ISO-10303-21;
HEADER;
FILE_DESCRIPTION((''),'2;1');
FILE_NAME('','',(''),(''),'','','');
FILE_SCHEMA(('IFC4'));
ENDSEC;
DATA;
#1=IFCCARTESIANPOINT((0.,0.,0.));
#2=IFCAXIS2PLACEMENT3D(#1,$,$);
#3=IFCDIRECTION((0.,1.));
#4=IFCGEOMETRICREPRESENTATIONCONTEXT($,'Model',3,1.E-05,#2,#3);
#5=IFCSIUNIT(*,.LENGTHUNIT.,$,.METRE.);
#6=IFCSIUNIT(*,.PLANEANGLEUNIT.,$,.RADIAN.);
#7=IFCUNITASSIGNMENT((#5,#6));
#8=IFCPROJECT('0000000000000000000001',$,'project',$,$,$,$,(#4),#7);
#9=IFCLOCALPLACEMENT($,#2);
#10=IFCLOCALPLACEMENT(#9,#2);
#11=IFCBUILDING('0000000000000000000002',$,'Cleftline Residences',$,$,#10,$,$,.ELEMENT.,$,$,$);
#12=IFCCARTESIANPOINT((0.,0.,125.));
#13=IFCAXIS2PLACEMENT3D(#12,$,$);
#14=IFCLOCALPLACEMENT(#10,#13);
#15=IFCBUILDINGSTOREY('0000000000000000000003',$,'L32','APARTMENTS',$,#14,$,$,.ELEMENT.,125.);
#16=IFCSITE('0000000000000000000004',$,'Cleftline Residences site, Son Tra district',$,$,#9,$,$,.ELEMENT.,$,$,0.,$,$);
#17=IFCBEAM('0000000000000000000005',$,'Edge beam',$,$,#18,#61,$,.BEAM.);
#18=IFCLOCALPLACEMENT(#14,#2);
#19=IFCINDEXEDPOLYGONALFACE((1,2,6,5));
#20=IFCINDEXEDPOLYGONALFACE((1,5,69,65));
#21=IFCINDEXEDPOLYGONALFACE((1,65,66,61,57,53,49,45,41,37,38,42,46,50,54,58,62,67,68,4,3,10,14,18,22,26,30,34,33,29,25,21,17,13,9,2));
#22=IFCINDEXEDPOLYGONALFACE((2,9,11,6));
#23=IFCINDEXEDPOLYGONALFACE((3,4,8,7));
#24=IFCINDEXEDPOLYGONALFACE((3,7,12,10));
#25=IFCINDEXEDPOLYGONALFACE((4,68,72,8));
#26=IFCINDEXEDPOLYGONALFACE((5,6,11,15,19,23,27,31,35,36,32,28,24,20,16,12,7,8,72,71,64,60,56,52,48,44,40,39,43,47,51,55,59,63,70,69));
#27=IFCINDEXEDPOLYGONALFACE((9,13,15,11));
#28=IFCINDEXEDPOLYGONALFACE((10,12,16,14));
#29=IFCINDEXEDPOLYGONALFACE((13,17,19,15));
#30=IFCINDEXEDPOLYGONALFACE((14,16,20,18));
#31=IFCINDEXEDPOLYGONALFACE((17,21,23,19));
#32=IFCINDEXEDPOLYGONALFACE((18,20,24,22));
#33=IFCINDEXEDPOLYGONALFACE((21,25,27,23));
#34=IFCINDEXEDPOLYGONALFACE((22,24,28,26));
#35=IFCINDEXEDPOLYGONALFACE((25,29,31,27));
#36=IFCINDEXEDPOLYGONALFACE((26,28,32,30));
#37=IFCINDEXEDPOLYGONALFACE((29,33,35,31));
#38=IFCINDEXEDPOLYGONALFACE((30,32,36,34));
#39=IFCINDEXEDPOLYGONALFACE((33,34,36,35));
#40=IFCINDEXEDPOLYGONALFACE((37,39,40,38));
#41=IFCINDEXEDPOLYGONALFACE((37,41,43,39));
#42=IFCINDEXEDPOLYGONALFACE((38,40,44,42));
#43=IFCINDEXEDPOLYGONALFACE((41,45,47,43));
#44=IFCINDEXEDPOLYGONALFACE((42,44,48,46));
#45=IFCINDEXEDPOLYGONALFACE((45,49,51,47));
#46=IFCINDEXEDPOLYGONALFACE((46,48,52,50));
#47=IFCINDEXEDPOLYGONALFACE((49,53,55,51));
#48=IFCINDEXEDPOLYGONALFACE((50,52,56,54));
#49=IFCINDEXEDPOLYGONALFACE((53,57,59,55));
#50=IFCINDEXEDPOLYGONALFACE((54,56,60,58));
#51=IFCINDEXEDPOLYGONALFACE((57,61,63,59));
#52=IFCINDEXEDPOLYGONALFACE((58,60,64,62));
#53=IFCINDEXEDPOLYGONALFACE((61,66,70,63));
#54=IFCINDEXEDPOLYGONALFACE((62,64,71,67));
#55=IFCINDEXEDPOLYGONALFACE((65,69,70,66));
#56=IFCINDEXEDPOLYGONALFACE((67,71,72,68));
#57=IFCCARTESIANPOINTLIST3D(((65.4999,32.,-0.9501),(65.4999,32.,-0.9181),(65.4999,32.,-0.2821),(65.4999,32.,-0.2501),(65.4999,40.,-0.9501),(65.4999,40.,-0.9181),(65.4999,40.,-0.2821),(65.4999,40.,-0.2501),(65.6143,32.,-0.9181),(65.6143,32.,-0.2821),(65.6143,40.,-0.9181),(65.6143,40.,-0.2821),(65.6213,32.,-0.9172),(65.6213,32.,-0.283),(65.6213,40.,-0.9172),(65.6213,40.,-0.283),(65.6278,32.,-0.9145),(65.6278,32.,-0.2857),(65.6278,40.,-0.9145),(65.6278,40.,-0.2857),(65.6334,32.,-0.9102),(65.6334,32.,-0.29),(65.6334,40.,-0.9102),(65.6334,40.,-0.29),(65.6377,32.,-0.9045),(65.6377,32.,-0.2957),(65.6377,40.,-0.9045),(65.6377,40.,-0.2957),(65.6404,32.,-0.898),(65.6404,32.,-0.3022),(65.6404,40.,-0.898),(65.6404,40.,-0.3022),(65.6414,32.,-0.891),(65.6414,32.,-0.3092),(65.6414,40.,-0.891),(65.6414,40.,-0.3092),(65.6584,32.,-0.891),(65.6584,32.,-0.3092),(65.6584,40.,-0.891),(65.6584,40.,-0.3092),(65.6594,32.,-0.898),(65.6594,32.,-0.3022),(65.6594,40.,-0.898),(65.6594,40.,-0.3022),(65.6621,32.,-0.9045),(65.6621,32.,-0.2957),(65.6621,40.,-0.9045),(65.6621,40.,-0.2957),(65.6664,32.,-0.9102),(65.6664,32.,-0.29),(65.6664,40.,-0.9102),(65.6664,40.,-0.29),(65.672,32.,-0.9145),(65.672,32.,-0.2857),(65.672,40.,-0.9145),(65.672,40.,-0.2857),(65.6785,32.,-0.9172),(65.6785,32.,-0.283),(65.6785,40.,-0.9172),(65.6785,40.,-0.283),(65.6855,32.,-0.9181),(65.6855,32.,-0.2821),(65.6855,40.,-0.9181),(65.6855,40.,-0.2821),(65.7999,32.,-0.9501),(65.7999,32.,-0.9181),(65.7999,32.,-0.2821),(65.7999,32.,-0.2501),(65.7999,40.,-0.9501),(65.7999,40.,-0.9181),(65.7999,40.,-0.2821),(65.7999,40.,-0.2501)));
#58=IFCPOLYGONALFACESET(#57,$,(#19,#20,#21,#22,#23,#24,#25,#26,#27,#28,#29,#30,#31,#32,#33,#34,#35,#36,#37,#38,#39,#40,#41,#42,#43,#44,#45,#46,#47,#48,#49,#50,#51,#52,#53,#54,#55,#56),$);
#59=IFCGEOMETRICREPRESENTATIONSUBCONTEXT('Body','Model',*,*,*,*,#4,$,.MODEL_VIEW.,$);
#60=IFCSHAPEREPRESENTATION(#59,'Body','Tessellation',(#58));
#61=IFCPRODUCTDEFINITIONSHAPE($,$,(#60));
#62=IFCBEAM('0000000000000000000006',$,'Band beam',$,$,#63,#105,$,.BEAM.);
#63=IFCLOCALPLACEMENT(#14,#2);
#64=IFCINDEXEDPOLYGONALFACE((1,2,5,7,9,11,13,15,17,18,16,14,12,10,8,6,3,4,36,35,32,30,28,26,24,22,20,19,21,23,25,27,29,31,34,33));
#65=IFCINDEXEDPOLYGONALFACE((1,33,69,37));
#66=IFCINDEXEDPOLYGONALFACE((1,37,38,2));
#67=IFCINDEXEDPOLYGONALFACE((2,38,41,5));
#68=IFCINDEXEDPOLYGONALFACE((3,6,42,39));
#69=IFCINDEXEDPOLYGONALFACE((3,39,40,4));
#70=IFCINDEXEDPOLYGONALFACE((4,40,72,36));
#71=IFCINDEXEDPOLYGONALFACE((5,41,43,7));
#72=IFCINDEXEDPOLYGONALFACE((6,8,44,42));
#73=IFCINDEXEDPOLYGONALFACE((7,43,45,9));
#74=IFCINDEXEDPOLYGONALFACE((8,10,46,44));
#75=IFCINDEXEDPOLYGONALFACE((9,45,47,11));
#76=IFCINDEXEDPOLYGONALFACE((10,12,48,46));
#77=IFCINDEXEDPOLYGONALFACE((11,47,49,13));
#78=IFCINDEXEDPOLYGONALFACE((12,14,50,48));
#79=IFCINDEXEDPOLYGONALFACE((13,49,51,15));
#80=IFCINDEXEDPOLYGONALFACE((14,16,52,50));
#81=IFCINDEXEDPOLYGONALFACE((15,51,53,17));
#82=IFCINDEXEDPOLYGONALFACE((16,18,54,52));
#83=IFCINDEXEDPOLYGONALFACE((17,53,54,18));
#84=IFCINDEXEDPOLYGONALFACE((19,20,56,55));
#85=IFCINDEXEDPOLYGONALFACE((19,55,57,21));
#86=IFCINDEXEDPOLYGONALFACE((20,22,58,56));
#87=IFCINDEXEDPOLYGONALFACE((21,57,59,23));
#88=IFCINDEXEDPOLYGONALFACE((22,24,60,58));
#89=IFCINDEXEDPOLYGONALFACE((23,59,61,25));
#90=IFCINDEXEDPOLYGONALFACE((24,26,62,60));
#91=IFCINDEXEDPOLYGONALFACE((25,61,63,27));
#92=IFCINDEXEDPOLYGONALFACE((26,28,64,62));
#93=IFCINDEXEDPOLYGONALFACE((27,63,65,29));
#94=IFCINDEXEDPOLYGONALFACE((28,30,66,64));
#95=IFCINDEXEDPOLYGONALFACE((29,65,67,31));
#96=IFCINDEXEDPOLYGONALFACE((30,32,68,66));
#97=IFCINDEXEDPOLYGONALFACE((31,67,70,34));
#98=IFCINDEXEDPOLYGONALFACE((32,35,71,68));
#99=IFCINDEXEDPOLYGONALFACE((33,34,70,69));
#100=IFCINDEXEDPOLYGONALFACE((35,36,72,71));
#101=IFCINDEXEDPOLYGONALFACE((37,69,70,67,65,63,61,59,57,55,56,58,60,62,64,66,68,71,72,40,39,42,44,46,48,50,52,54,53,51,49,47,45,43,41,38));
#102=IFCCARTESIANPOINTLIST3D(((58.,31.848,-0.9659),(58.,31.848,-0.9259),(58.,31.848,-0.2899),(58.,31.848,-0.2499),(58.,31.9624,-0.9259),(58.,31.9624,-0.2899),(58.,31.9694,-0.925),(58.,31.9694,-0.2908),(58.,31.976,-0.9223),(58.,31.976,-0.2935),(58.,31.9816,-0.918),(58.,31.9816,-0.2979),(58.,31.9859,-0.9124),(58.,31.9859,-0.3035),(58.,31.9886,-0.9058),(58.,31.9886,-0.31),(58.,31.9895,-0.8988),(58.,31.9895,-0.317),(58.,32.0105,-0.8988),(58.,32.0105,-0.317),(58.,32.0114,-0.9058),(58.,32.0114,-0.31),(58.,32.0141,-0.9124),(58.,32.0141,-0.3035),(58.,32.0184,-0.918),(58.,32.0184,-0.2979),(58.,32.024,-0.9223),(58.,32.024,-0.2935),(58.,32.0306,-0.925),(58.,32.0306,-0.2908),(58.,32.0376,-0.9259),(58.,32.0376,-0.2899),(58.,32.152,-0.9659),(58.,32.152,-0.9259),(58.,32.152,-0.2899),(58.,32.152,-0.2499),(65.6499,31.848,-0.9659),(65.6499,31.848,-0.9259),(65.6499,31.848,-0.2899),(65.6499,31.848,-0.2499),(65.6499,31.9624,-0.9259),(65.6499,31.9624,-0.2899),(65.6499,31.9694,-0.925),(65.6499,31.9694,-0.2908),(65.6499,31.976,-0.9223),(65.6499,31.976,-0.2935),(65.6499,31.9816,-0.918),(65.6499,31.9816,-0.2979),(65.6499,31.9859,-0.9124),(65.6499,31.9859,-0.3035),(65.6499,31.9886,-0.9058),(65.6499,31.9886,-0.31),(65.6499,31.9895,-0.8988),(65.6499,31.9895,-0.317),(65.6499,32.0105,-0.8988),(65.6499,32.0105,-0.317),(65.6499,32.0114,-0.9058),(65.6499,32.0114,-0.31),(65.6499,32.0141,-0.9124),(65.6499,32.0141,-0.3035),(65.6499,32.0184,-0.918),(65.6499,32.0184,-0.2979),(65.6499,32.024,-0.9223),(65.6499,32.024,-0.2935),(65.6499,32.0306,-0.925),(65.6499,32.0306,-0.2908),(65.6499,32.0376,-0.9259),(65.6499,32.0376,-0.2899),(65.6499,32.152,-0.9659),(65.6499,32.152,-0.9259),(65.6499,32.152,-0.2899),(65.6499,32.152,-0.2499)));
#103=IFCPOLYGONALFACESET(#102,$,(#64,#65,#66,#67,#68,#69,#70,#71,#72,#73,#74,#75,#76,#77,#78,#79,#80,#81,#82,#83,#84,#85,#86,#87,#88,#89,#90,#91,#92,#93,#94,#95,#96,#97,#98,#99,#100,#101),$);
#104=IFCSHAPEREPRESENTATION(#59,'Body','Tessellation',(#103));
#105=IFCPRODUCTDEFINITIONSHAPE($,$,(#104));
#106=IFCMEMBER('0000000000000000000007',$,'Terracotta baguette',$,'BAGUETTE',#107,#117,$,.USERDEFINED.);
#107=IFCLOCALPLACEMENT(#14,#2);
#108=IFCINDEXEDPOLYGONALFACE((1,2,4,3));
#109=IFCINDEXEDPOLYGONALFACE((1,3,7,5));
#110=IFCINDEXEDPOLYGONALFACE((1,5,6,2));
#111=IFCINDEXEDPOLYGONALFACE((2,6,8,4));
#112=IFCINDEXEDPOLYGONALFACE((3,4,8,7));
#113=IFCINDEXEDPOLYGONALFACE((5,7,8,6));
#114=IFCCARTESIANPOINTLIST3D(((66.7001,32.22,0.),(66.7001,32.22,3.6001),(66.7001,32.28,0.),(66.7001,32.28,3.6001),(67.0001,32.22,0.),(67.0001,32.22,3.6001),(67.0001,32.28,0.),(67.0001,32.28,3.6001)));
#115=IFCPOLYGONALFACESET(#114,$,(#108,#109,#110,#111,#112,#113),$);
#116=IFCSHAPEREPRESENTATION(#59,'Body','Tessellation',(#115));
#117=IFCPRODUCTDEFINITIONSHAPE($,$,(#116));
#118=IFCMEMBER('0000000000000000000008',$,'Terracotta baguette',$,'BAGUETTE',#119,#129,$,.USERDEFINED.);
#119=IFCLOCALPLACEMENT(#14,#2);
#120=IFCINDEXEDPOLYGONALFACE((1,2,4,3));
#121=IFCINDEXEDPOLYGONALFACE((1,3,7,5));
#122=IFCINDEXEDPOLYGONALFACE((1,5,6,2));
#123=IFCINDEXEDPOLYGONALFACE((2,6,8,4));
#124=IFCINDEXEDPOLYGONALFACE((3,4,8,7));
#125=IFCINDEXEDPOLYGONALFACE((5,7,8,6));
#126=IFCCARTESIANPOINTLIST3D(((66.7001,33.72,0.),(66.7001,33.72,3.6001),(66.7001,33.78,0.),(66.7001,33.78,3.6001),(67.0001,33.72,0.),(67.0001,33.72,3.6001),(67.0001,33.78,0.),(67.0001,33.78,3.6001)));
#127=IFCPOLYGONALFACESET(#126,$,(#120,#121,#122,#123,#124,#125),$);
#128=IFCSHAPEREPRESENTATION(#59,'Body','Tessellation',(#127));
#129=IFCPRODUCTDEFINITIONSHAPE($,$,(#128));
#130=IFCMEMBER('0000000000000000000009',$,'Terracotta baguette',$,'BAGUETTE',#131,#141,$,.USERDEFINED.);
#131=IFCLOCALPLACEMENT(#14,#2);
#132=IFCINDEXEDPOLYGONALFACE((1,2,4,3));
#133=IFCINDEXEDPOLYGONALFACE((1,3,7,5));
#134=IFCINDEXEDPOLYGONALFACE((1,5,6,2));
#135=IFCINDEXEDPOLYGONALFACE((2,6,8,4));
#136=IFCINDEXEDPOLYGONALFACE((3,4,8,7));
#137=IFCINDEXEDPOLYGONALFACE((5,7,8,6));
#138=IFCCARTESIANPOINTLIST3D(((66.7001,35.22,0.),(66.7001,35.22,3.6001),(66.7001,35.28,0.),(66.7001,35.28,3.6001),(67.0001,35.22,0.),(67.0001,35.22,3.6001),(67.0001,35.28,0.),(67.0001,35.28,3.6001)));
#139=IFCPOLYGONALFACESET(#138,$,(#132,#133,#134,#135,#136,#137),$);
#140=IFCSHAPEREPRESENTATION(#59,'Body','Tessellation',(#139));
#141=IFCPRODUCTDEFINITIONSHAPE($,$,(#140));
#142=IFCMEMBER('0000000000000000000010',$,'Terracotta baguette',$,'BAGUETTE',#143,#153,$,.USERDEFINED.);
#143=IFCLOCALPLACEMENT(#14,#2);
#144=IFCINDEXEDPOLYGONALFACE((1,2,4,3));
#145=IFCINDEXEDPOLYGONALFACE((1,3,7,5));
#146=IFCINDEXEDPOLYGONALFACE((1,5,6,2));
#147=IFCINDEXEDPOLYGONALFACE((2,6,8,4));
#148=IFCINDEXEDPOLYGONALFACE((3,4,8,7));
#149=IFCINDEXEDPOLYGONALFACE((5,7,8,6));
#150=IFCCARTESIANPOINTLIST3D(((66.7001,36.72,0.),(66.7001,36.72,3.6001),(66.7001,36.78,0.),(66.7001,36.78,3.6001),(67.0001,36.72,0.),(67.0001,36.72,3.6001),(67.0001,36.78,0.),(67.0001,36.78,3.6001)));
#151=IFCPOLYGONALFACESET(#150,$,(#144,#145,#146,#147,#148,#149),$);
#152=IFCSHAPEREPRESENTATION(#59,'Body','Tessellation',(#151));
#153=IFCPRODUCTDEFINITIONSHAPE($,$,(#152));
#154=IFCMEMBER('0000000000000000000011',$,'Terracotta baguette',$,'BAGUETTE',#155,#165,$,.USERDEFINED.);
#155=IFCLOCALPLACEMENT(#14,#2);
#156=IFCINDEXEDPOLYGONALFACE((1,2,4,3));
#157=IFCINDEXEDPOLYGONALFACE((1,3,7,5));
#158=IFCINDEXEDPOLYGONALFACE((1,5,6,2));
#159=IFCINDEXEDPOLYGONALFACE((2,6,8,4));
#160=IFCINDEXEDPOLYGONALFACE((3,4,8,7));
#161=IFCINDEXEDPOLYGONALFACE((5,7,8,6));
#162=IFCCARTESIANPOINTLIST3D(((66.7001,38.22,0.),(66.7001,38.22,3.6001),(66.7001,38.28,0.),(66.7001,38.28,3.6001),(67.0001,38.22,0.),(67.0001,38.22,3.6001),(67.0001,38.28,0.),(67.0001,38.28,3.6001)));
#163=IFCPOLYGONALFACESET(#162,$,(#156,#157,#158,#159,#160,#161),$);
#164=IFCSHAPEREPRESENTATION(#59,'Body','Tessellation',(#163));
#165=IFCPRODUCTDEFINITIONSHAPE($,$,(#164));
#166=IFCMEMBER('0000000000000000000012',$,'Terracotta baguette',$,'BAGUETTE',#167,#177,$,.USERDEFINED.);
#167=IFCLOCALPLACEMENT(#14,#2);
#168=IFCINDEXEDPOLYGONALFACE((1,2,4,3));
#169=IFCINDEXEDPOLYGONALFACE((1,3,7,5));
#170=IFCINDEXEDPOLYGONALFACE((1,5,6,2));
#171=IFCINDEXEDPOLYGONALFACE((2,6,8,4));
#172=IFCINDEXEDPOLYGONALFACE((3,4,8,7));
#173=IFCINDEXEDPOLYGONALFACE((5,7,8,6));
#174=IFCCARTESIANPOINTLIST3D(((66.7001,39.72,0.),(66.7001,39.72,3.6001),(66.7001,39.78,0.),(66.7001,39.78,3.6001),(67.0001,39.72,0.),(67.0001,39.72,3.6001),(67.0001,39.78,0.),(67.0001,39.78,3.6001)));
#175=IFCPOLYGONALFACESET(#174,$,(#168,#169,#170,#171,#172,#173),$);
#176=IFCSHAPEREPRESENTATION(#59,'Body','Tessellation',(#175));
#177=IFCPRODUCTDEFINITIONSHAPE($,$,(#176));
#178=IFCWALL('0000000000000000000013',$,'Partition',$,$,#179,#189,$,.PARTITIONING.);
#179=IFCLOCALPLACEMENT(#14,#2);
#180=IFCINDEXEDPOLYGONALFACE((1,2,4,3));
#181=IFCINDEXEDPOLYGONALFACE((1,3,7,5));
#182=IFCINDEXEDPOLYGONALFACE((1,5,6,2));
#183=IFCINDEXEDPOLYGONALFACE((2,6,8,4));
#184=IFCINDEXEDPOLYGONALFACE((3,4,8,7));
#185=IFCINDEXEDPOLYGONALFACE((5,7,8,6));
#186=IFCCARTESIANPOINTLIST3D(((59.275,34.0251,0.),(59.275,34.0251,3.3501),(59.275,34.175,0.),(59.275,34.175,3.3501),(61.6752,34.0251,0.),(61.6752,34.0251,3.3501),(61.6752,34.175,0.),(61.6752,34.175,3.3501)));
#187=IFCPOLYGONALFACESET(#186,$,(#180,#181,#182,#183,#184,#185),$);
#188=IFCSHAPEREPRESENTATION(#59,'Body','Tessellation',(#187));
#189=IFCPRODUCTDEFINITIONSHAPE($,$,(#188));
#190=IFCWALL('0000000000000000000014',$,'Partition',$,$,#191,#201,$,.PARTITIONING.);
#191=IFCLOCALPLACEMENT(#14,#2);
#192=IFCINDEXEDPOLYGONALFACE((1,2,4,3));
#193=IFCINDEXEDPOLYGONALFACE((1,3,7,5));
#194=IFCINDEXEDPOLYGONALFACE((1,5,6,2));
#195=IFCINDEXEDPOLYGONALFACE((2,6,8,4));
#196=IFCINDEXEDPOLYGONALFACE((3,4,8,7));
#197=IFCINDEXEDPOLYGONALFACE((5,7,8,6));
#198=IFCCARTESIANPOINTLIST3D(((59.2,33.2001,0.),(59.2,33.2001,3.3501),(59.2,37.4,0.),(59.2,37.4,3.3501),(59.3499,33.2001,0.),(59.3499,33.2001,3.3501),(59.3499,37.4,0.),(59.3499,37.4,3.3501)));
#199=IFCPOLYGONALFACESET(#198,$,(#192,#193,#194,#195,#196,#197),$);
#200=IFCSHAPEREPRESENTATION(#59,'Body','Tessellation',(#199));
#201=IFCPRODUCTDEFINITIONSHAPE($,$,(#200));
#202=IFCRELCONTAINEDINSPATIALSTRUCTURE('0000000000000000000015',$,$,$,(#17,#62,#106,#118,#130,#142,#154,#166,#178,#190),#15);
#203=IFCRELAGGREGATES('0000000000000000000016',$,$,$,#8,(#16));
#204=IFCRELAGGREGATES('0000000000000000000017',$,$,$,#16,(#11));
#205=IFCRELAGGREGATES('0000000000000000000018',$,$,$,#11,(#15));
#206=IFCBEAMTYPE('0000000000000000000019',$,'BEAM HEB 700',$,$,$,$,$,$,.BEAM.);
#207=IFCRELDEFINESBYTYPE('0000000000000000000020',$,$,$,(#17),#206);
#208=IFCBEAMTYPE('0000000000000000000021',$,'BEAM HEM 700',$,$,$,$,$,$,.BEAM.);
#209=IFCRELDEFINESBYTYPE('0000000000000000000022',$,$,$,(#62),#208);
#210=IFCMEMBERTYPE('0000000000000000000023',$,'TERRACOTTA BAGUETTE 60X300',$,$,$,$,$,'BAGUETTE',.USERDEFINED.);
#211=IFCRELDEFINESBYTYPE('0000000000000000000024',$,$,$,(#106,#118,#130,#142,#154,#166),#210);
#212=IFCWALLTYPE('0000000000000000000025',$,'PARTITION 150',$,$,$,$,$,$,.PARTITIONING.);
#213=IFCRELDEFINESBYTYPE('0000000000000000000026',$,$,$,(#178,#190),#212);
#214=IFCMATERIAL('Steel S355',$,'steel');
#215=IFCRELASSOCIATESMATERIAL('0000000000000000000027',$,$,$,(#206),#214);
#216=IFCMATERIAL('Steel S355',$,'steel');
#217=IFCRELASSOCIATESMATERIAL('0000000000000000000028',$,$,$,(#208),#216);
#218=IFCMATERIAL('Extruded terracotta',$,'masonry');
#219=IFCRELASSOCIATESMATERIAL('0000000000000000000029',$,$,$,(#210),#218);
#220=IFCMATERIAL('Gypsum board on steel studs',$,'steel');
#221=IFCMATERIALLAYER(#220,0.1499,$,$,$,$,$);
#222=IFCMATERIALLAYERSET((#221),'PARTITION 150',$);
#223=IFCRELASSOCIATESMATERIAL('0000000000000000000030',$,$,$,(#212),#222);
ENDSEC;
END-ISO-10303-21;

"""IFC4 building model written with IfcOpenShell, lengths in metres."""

from ifc_helpers import new_model, si_unit, direction, frame, frame_2d, origin, origin_2d, place, context, subcontext, project, spatial, rectangle, i_section, extrude, material, layer, layer_set, material_profile, profile_set, type_object, element, save


model = new_model("IFC4")

# Units and contexts
model_context = context("Model", 3, precision=1e-05, world=origin(), true_north=direction((0.0, 1.0)))
body_context = subcontext(model_context, "Body", "Model", "MODEL_VIEW")
ifc_project = project(units=[si_unit("LENGTHUNIT", "METRE"), si_unit("PLANEANGLEUNIT", "RADIAN")], contexts=[model_context])

# Site, building, storey
site_placement = place(None, origin())
site = spatial("IfcSite", under=ifc_project, at=site_placement, Name="Cleftline Residences site, Son Tra district", CompositionType="ELEMENT", RefElevation=0.0)
building_placement = place(site_placement, origin())
building = spatial("IfcBuilding", under=site, at=building_placement, Name="Cleftline Residences", CompositionType="ELEMENT")
storey_placement = place(building_placement, frame((0.0, 0.0, 125.0)))
storey = spatial("IfcBuildingStorey", under=building, at=storey_placement, Name="L32", Description="APARTMENTS", CompositionType="ELEMENT", Elevation=125.0)

# Beams
ifc_material_1 = material(Name="Steel S355", Category="steel")
ifc_material_profile_1 = material_profile(ifc_material_1, i_section(OverallWidth=0.3, OverallDepth=0.7, WebThickness=0.0171, FlangeThickness=0.032, FilletRadius=0.0271, at=origin_2d()))
ifc_profile_set_1 = profile_set([ifc_material_profile_1], Name="Steel S355")
beam_type_1 = type_object("IfcBeamType", Name="BEAM HEB 700", PredefinedType="BEAM", material=ifc_profile_set_1)
beam_1_placement = place(storey_placement, frame((65.6499, 32.0, -0.6001), z_axis=(0.0, 1.0, 0.0), x_axis=(-1.0, 0.0, 0.0)))
element("IfcBeam", 1, at=beam_1_placement, inside=storey, type_object=beam_type_1, Name="Edge beam", PredefinedType="BEAM", context=body_context, shape_type="SweptSolid", body=[
    extrude(i_section(OverallWidth=0.3, OverallDepth=0.7, WebThickness=0.0171, FlangeThickness=0.032, FilletRadius=0.0271, at=origin_2d()), origin(), (0.0, 0.0, 1.0), 8.0),
])
ifc_material_2 = material(Name="Steel S355", Category="steel")
ifc_material_profile_2 = material_profile(ifc_material_2, i_section(OverallWidth=0.304, OverallDepth=0.7161, WebThickness=0.021, FlangeThickness=0.04, FilletRadius=0.0271, at=origin_2d()))
ifc_profile_set_2 = profile_set([ifc_material_profile_2], Name="Steel S355")
beam_type_2 = type_object("IfcBeamType", Name="BEAM HEM 700", PredefinedType="BEAM", material=ifc_profile_set_2)
beam_2_placement = place(storey_placement, frame((65.6499, 32.0, -0.6079), z_axis=(-1.0, 0.0, 0.0), x_axis=(0.0, -1.0, 0.0)))
element("IfcBeam", 2, at=beam_2_placement, inside=storey, type_object=beam_type_2, Name="Band beam", PredefinedType="BEAM", context=body_context, shape_type="SweptSolid", body=[
    extrude(i_section(OverallWidth=0.304, OverallDepth=0.7161, WebThickness=0.021, FlangeThickness=0.04, FilletRadius=0.0271, at=origin_2d()), origin(), (0.0, 0.0, 1.0), 7.6499),
])

# Members
ifc_material_3 = material(Name="Extruded terracotta", Category="masonry")
ifc_material_profile_3 = material_profile(ifc_material_3, rectangle(XDim=0.0601, YDim=0.3, at=origin_2d()))
ifc_profile_set_3 = profile_set([ifc_material_profile_3], Name="Extruded terracotta")
member_type_1 = type_object("IfcMemberType", Name="TERRACOTTA BAGUETTE 60X300", ElementType="BAGUETTE", PredefinedType="USERDEFINED", material=ifc_profile_set_3)
for number, where, z_axis, x_axis, name in (
    (3, (66.8501, 32.25, 0.0), (0.0, 0.0, 1.0), (0.0, 1.0, 0.0), "Terracotta baguette"),
    (4, (66.8501, 33.75, 0.0), (0.0, 0.0, 1.0), (0.0, 1.0, 0.0), "Terracotta baguette"),
    (5, (66.8501, 35.25, 0.0), (0.0, 0.0, 1.0), (0.0, 1.0, 0.0), "Terracotta baguette"),
    (6, (66.8501, 36.75, 0.0), (0.0, 0.0, 1.0), (0.0, 1.0, 0.0), "Terracotta baguette"),
    (7, (66.8501, 38.25, 0.0), (0.0, 0.0, 1.0), (0.0, 1.0, 0.0), "Terracotta baguette"),
    (8, (66.8501, 39.75, 0.0), (0.0, 0.0, 1.0), (0.0, 1.0, 0.0), "Terracotta baguette"),
):
    element("IfcMember", number, at=place(storey_placement, frame(where, z_axis=z_axis, x_axis=x_axis)), inside=storey, type_object=member_type_1, Name=name, ObjectType="BAGUETTE", PredefinedType="USERDEFINED", context=body_context, shape_type="SweptSolid", body=[
        extrude(rectangle(XDim=0.0601, YDim=0.3, at=origin_2d()), origin(), (0.0, 0.0, 1.0), 3.6001),
    ])

# Walls
ifc_material_4 = material(Name="Gypsum board on steel studs", Category="steel")
ifc_layer = layer(ifc_material_4, 0.1499)
ifc_layer_set = layer_set([ifc_layer], Name="PARTITION 150")
wall_type = type_object("IfcWallType", Name="PARTITION 150", PredefinedType="PARTITIONING", material=ifc_layer_set)
wall_1_placement = place(storey_placement, frame((59.2749, 34.1001, 0.0), z_axis=(0.0, 0.0, 1.0), x_axis=(1.0, 0.0, 0.0)))
element("IfcWall", 9, at=wall_1_placement, inside=storey, type_object=wall_type, Name="Partition", PredefinedType="PARTITIONING", context=body_context, shape_type="SweptSolid", body=[
    extrude(rectangle(XDim=2.4001, YDim=0.1499, at=frame_2d((1.2002, 0.0))), origin(), (0.0, 0.0, 1.0), 3.3501),
])
wall_2_placement = place(storey_placement, frame((59.2749, 33.2, 0.0), z_axis=(0.0, 0.0, 1.0), x_axis=(0.0, 1.0, 0.0)))
element("IfcWall", 10, at=wall_2_placement, inside=storey, type_object=wall_type, Name="Partition", PredefinedType="PARTITIONING", context=body_context, shape_type="SweptSolid", body=[
    extrude(rectangle(XDim=4.2, YDim=0.1499, at=frame_2d((2.1001, 0.0))), origin(), (0.0, 0.0, 1.0), 3.3501),
])

save(model, "model.ifc")
